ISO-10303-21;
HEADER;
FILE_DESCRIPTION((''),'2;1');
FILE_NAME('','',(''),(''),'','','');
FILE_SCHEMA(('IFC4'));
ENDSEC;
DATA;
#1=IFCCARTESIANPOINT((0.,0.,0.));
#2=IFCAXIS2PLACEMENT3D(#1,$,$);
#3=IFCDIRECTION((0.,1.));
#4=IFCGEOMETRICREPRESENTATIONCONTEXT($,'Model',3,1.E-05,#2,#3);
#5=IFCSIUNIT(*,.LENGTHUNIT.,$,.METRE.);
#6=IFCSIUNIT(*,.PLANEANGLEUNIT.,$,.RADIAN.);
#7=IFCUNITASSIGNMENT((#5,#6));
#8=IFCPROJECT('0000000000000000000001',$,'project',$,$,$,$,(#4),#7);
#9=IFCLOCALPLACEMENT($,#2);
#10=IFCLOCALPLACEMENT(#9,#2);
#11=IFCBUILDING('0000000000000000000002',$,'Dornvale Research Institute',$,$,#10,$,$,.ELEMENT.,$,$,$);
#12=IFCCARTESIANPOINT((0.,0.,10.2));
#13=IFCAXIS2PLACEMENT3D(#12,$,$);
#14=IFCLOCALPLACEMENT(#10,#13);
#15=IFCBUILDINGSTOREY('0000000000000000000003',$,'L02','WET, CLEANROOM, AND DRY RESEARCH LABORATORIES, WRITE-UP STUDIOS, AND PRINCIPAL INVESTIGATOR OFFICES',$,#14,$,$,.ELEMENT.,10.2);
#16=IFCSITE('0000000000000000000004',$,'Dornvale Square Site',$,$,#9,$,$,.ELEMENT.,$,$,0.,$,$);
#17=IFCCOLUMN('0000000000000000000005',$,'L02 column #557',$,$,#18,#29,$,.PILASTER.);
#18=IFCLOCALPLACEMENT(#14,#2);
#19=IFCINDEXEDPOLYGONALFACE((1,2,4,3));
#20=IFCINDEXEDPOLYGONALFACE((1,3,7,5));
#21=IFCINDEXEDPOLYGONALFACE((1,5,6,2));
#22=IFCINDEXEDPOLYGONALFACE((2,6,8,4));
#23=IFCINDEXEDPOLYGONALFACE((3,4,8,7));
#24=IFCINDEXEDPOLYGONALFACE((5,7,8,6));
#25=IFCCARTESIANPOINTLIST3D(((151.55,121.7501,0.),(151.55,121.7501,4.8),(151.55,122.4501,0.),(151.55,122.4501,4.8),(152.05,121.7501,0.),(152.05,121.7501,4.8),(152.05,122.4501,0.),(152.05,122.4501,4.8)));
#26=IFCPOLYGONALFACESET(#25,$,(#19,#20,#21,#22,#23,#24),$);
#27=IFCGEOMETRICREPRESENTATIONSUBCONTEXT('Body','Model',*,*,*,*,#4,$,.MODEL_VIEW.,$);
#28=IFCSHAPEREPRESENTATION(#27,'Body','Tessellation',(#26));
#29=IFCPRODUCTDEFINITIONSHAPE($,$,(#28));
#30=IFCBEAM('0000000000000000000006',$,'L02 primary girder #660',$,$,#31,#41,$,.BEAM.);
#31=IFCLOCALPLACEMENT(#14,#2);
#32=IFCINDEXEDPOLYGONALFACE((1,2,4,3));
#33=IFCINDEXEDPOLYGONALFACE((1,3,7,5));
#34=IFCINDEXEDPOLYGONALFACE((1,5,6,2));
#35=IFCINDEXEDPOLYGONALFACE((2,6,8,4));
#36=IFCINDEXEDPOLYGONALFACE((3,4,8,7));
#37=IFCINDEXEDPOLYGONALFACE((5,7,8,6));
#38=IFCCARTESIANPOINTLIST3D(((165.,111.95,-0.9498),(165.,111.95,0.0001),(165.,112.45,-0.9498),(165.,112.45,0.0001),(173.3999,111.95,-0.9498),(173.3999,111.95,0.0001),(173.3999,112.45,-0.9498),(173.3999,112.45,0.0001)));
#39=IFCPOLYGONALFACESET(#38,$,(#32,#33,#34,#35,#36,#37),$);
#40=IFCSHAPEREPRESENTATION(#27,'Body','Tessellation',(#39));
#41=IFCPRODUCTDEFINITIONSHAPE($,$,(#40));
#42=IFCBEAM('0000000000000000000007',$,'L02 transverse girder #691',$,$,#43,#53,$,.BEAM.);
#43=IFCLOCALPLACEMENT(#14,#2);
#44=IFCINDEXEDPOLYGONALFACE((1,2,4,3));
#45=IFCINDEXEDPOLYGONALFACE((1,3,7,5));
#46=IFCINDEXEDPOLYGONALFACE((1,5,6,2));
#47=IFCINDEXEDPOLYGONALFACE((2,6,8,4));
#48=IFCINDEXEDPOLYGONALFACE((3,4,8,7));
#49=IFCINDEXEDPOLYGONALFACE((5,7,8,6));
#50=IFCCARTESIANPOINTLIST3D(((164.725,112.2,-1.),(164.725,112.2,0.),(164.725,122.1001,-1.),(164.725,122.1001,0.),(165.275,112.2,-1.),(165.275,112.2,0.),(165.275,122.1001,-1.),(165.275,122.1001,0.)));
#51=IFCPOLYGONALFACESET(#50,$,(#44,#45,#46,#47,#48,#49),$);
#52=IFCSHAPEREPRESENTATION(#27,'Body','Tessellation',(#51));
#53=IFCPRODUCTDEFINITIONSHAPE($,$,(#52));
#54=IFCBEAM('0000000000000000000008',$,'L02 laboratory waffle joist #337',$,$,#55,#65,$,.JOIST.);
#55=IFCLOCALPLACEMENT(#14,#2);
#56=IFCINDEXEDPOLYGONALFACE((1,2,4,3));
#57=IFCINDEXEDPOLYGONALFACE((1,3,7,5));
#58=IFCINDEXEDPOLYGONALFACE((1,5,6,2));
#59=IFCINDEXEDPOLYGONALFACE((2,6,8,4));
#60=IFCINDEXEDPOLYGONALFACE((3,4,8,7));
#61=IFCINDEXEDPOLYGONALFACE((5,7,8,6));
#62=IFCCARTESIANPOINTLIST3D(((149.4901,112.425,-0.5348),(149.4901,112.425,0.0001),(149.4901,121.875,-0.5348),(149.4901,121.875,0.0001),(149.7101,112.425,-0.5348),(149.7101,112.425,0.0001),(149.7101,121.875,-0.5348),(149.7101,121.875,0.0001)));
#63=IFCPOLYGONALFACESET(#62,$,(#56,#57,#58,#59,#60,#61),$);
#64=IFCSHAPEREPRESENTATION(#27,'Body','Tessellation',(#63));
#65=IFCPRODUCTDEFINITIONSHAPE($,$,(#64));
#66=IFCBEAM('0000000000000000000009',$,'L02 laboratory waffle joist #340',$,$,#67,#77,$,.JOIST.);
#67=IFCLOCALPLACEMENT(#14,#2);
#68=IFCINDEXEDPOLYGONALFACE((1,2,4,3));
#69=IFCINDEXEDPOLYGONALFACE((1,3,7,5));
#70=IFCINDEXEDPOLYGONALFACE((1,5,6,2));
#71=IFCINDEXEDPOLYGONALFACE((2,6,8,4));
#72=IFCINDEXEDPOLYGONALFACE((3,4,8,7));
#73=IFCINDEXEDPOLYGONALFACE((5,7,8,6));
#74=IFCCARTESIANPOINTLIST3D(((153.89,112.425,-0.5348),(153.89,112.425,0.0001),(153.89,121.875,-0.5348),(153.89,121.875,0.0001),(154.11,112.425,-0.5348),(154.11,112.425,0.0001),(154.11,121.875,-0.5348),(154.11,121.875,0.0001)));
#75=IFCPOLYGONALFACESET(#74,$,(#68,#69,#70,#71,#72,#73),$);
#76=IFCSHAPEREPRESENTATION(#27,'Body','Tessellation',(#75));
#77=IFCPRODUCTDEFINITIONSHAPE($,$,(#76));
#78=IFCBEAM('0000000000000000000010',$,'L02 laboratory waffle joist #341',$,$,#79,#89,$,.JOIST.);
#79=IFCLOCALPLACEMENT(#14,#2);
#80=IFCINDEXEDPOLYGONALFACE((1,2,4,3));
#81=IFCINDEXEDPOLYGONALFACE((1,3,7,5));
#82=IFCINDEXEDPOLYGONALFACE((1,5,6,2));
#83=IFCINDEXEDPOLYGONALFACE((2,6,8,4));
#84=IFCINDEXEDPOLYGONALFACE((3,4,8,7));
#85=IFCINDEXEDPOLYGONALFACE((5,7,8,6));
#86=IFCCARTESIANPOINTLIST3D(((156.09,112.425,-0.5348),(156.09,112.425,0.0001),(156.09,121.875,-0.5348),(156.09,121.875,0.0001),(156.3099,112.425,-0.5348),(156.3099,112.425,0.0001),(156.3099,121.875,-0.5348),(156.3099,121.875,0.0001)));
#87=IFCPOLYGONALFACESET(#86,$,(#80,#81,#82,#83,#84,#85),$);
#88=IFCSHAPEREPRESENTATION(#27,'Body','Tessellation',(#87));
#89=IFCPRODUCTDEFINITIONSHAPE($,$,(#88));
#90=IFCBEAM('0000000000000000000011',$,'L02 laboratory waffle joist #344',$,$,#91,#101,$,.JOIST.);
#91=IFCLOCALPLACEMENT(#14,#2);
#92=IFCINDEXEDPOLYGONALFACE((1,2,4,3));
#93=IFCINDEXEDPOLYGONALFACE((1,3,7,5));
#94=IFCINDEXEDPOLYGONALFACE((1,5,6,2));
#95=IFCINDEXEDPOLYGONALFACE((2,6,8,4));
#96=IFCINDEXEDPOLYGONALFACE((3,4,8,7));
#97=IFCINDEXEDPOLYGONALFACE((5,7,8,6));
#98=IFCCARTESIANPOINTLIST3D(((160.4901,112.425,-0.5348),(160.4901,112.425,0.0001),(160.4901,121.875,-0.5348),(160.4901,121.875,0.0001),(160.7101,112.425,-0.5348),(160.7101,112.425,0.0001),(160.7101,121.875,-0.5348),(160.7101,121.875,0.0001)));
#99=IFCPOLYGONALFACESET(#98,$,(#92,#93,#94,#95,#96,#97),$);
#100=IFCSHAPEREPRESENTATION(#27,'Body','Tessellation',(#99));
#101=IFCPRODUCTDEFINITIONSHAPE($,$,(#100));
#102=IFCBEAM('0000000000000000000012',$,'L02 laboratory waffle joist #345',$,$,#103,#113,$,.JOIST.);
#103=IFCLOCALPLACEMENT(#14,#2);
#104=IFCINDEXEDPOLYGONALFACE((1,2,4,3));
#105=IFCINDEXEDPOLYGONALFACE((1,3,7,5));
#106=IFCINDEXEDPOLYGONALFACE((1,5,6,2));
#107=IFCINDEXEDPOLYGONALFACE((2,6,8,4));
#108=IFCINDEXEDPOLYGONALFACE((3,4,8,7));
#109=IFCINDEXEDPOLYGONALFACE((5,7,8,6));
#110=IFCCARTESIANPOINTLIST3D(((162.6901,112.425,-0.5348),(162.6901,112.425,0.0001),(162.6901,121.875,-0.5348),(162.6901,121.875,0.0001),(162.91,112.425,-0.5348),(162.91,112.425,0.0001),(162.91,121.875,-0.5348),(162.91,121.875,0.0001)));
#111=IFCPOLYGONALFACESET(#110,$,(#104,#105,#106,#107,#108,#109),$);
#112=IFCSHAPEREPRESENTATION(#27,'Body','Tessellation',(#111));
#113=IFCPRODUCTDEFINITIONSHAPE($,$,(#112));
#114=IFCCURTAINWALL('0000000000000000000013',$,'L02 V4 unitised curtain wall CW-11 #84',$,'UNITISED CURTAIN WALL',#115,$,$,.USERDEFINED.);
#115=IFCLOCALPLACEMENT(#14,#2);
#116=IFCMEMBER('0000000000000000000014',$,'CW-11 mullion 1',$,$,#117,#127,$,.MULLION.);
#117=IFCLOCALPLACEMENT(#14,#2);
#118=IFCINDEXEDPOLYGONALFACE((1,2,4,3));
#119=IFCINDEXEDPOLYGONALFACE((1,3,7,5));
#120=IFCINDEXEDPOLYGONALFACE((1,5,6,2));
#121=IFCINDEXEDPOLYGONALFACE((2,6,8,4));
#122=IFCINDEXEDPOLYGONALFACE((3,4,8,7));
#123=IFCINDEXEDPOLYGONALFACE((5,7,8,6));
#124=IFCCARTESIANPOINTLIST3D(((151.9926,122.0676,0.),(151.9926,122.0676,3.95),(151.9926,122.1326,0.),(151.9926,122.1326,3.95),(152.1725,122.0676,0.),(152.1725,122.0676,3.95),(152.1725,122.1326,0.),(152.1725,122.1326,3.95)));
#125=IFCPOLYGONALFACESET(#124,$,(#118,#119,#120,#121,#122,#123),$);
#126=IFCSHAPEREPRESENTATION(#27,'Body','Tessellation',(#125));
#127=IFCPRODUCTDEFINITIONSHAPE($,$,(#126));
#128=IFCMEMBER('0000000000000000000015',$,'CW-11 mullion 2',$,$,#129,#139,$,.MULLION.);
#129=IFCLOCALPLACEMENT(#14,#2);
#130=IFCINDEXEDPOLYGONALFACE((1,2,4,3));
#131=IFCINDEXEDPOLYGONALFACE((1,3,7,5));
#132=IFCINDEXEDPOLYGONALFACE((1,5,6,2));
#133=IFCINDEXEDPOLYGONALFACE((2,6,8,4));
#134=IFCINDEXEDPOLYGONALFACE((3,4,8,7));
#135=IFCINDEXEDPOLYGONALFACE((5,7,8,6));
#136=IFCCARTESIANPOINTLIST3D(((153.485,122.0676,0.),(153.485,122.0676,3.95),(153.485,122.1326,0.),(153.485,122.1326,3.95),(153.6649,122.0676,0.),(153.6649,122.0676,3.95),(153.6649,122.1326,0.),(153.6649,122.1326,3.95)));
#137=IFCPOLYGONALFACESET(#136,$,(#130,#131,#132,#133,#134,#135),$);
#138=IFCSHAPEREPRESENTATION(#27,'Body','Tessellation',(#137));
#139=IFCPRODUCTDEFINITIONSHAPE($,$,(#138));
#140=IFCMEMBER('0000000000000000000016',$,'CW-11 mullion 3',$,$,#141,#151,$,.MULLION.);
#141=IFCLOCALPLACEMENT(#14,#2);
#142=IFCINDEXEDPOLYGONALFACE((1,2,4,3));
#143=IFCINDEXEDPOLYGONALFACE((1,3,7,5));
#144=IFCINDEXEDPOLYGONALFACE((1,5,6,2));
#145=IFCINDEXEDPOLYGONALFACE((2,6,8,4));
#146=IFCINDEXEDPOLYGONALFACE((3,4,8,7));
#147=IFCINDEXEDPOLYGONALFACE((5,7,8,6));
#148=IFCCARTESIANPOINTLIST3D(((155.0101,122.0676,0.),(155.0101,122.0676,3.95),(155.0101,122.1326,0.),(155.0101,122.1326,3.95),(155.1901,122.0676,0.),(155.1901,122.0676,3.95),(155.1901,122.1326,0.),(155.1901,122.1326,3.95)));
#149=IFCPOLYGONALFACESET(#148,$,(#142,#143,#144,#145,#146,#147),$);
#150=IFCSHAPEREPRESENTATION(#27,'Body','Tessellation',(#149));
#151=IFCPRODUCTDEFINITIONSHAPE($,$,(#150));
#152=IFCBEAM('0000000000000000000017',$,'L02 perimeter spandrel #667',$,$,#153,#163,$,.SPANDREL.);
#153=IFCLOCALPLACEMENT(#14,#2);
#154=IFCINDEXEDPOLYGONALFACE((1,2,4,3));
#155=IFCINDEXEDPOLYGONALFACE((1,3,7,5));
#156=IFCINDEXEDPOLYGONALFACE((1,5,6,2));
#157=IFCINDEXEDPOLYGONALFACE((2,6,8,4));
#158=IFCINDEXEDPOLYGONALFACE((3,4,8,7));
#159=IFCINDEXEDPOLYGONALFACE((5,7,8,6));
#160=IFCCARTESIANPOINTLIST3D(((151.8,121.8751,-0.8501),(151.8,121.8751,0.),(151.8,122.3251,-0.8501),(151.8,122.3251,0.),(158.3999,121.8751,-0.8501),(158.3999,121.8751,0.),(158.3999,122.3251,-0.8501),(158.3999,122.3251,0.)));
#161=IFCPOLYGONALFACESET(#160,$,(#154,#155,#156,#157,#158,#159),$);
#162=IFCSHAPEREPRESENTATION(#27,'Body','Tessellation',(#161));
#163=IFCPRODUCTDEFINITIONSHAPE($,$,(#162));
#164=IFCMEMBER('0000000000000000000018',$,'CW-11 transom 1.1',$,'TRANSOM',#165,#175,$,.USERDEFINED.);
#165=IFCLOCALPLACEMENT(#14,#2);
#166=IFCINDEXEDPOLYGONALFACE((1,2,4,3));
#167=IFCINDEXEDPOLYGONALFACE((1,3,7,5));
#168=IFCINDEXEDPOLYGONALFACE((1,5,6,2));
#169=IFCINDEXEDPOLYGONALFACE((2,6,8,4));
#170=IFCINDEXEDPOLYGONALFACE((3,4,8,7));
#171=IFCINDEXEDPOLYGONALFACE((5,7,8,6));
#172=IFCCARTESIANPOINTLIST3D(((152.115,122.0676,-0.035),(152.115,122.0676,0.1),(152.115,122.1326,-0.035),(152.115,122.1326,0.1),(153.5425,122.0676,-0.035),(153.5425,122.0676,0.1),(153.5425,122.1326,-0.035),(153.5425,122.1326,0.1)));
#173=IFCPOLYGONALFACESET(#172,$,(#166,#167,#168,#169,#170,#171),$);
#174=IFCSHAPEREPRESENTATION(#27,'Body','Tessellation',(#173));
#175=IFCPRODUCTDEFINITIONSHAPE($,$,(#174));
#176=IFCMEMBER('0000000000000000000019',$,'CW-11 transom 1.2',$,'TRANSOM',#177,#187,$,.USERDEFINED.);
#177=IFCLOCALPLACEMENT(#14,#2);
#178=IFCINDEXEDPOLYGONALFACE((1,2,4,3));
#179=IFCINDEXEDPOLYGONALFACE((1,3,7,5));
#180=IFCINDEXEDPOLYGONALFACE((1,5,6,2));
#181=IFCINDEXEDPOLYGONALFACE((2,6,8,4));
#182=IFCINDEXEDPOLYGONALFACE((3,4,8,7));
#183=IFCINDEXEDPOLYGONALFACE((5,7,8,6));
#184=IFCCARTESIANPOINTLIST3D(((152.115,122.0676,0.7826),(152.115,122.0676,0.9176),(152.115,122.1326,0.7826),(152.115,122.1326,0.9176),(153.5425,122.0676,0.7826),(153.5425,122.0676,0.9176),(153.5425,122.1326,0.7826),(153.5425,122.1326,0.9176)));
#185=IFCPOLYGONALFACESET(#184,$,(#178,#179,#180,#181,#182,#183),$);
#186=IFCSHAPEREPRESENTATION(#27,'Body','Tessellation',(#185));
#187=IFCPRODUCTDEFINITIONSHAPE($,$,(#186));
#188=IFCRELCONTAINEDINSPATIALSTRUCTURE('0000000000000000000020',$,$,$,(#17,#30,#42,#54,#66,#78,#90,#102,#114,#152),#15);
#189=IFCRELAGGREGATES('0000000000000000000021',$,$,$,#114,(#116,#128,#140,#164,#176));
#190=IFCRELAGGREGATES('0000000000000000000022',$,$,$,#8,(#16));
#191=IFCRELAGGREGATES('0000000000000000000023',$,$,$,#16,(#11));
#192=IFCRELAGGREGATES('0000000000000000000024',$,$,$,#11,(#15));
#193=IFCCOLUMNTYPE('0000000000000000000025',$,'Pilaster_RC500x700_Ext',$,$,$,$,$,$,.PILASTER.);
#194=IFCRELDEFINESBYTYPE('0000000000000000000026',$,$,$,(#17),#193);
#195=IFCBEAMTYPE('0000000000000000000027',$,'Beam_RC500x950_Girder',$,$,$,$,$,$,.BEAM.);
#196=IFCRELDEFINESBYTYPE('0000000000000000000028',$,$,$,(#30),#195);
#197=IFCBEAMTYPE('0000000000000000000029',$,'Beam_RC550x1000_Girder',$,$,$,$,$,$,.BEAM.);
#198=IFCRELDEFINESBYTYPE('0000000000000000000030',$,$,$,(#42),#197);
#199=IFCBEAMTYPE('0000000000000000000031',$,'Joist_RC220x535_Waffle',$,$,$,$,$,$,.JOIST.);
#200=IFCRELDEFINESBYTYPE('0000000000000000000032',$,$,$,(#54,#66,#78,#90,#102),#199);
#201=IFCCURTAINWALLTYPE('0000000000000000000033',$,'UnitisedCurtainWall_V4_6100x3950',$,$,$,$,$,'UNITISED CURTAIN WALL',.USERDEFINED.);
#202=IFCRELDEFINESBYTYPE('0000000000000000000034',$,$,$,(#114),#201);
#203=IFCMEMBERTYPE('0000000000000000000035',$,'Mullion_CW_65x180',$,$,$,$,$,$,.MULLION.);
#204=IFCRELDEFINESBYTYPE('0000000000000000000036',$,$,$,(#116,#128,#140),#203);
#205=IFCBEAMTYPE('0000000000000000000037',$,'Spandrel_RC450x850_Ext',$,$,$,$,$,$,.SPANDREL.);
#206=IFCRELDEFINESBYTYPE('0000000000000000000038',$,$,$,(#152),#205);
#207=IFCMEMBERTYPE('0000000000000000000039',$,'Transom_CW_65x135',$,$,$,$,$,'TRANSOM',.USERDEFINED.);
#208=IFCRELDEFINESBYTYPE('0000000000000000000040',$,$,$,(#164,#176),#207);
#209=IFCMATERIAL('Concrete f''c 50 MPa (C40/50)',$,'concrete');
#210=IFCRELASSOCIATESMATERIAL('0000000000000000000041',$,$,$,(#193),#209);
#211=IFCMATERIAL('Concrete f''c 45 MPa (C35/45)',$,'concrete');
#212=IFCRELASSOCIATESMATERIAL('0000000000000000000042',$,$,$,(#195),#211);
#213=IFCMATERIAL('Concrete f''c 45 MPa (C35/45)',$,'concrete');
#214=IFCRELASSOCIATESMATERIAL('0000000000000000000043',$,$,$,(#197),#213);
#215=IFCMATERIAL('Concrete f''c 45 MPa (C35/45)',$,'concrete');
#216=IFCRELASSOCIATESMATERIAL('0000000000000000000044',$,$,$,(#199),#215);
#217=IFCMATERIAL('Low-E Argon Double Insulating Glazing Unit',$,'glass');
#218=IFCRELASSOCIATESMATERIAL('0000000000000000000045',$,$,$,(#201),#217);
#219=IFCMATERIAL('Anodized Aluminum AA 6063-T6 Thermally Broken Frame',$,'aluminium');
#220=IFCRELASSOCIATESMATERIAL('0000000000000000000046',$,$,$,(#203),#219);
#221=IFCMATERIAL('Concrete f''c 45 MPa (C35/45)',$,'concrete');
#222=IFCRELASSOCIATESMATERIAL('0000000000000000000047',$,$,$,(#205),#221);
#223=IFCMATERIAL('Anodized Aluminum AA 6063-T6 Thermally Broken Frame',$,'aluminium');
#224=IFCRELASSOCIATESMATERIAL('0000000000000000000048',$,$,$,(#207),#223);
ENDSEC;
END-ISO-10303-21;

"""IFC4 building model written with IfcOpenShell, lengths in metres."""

from ifc_helpers import new_model, si_unit, direction, frame, origin, origin_2d, place, context, subcontext, project, spatial, rectangle, extrude, material, material_profile, profile_set, type_object, element, aggregate, save


model = new_model("IFC4")

# Units and contexts
model_context = context("Model", 3, precision=1e-05, world=origin(), true_north=direction((0.0, 1.0)))
body_context = subcontext(model_context, "Body", "Model", "MODEL_VIEW")
ifc_project = project(units=[si_unit("LENGTHUNIT", "METRE"), si_unit("PLANEANGLEUNIT", "RADIAN")], contexts=[model_context])

# Site, building, storey
site_placement = place(None, origin())
site = spatial("IfcSite", under=ifc_project, at=site_placement, Name="Dornvale Square Site", CompositionType="ELEMENT", RefElevation=0.0)
building_placement = place(site_placement, origin())
building = spatial("IfcBuilding", under=site, at=building_placement, Name="Dornvale Research Institute", CompositionType="ELEMENT")
storey_placement = place(building_placement, frame((0.0, 0.0, 10.2)))
storey = spatial("IfcBuildingStorey", under=building, at=storey_placement, Name="L02", Description="WET, CLEANROOM, AND DRY RESEARCH LABORATORIES, WRITE-UP STUDIOS, AND PRINCIPAL INVESTIGATOR OFFICES", CompositionType="ELEMENT", Elevation=10.2)

# Column
ifc_material_1 = material(Name="Concrete f'c 50 MPa (C40/50)", Category="concrete")
ifc_material_profile_1 = material_profile(ifc_material_1, rectangle(XDim=0.5, YDim=0.7, at=origin_2d()), Name="RC 500x700")
ifc_profile_set_1 = profile_set([ifc_material_profile_1], Name="Concrete f'c 50 MPa (C40/50)")
column_type = type_object("IfcColumnType", Name="Pilaster_RC500x700_Ext", PredefinedType="PILASTER", material=ifc_profile_set_1)
column_placement = place(storey_placement, frame((151.8, 122.1001, 0.0), z_axis=(0.0, 0.0, 1.0), x_axis=(1.0, 0.0, 0.0)))
element("IfcColumn", 1, at=column_placement, inside=storey, type_object=column_type, Name="L02 column #557", PredefinedType="PILASTER", context=body_context, shape_type="SweptSolid", body=[
    extrude(rectangle(XDim=0.5, YDim=0.7, at=origin_2d()), origin(), (0.0, 0.0, 1.0), 4.8),
])

# Beams
ifc_material_2 = material(Name="Concrete f'c 45 MPa (C35/45)", Category="concrete")
ifc_material_profile_2 = material_profile(ifc_material_2, rectangle(XDim=0.5, YDim=0.95, at=origin_2d()), Name="RC 500x950")
ifc_profile_set_2 = profile_set([ifc_material_profile_2], Name="Concrete f'c 45 MPa (C35/45)")
beam_type_1 = type_object("IfcBeamType", Name="Beam_RC500x950_Girder", PredefinedType="BEAM", material=ifc_profile_set_2)
beam_1_placement = place(storey_placement, frame((165.0, 112.2, -0.4749), z_axis=(1.0, 0.0, 0.0), x_axis=(0.0, 1.0, 0.0)))
element("IfcBeam", 2, at=beam_1_placement, inside=storey, type_object=beam_type_1, Name="L02 primary girder #660", PredefinedType="BEAM", context=body_context, shape_type="SweptSolid", body=[
    extrude(rectangle(XDim=0.5, YDim=0.95, at=origin_2d()), origin(), (0.0, 0.0, 1.0), 8.3999),
])
ifc_material_3 = material(Name="Concrete f'c 45 MPa (C35/45)", Category="concrete")
ifc_material_profile_3 = material_profile(ifc_material_3, rectangle(XDim=0.55, YDim=1.0, at=origin_2d()), Name="RC 550x1000")
ifc_profile_set_3 = profile_set([ifc_material_profile_3], Name="Concrete f'c 45 MPa (C35/45)")
beam_type_2 = type_object("IfcBeamType", Name="Beam_RC550x1000_Girder", PredefinedType="BEAM", material=ifc_profile_set_3)
beam_2_placement = place(storey_placement, frame((165.0, 112.2, -0.5), z_axis=(0.0, 1.0, 0.0), x_axis=(-1.0, 0.0, 0.0)))
element("IfcBeam", 3, at=beam_2_placement, inside=storey, type_object=beam_type_2, Name="L02 transverse girder #691", PredefinedType="BEAM", context=body_context, shape_type="SweptSolid", body=[
    extrude(rectangle(XDim=0.55, YDim=1.0, at=origin_2d()), origin(), (0.0, 0.0, 1.0), 9.9001),
])
ifc_material_4 = material(Name="Concrete f'c 45 MPa (C35/45)", Category="concrete")
ifc_material_profile_4 = material_profile(ifc_material_4, rectangle(XDim=0.22, YDim=0.5349, at=origin_2d()), Name="RC 220x535")
ifc_profile_set_4 = profile_set([ifc_material_profile_4], Name="Concrete f'c 45 MPa (C35/45)")
beam_type_3 = type_object("IfcBeamType", Name="Joist_RC220x535_Waffle", PredefinedType="JOIST", material=ifc_profile_set_4)
for number, where, z_axis, x_axis, name in (
    (4, (149.6001, 112.425, -0.2673), (0.0, 1.0, 0.0), (-1.0, 0.0, 0.0), "L02 laboratory waffle joist #337"),
    (5, (154.0, 112.425, -0.2673), (0.0, 1.0, 0.0), (-1.0, 0.0, 0.0), "L02 laboratory waffle joist #340"),
    (6, (156.2, 112.425, -0.2673), (0.0, 1.0, 0.0), (-1.0, 0.0, 0.0), "L02 laboratory waffle joist #341"),
    (7, (160.6001, 112.425, -0.2673), (0.0, 1.0, 0.0), (-1.0, 0.0, 0.0), "L02 laboratory waffle joist #344"),
    (8, (162.8, 112.425, -0.2673), (0.0, 1.0, 0.0), (-1.0, 0.0, 0.0), "L02 laboratory waffle joist #345"),
):
    element("IfcBeam", number, at=place(storey_placement, frame(where, z_axis=z_axis, x_axis=x_axis)), inside=storey, type_object=beam_type_3, Name=name, PredefinedType="JOIST", context=body_context, shape_type="SweptSolid", body=[
        extrude(rectangle(XDim=0.22, YDim=0.5349, at=origin_2d()), origin(), (0.0, 0.0, 1.0), 9.45),
    ])

# Curtain wall, members
ifc_material_5 = material(Name="Low-E Argon Double Insulating Glazing Unit", Category="glass")
curtain_wall_type = type_object("IfcCurtainWallType", Name="UnitisedCurtainWall_V4_6100x3950", ElementType="UNITISED CURTAIN WALL", PredefinedType="USERDEFINED", material=ifc_material_5)
curtain_wall_placement = place(storey_placement, origin())
curtain_wall = element("IfcCurtainWall", 9, at=curtain_wall_placement, inside=storey, type_object=curtain_wall_type, Name="L02 V4 unitised curtain wall CW-11 #84", ObjectType="UNITISED CURTAIN WALL", PredefinedType="USERDEFINED")
ifc_material_6 = material(Name="Anodized Aluminum AA 6063-T6 Thermally Broken Frame", Category="aluminium")
ifc_material_profile_5 = material_profile(ifc_material_6, rectangle(XDim=0.0649, YDim=0.1799, at=origin_2d()), Name="ALU MULLION 65x180")
ifc_profile_set_5 = profile_set([ifc_material_profile_5], Name="Anodized Aluminum AA 6063-T6 Thermally Broken Frame")
member_type_1 = type_object("IfcMemberType", Name="Mullion_CW_65x180", PredefinedType="MULLION", material=ifc_profile_set_5)
member_1_placement = place(storey_placement, frame((152.0825, 122.1001, 0.0), z_axis=(0.0, 0.0, 1.0), x_axis=(0.0, 1.0, 0.0)))
member_1 = element("IfcMember", 10, at=member_1_placement, type_object=member_type_1, Name="CW-11 mullion 1", PredefinedType="MULLION", context=body_context, shape_type="SweptSolid", body=[
    extrude(rectangle(XDim=0.0649, YDim=0.1799, at=origin_2d()), origin(), (0.0, 0.0, 1.0), 3.95),
])
member_2_placement = place(storey_placement, frame((153.575, 122.1001, 0.0), z_axis=(0.0, 0.0, 1.0), x_axis=(0.0, 1.0, 0.0)))
member_2 = element("IfcMember", 11, at=member_2_placement, type_object=member_type_1, Name="CW-11 mullion 2", PredefinedType="MULLION", context=body_context, shape_type="SweptSolid", body=[
    extrude(rectangle(XDim=0.0649, YDim=0.1799, at=origin_2d()), origin(), (0.0, 0.0, 1.0), 3.95),
])
member_3_placement = place(storey_placement, frame((155.1001, 122.1001, 0.0), z_axis=(0.0, 0.0, 1.0), x_axis=(0.0, 1.0, 0.0)))
member_3 = element("IfcMember", 12, at=member_3_placement, type_object=member_type_1, Name="CW-11 mullion 3", PredefinedType="MULLION", context=body_context, shape_type="SweptSolid", body=[
    extrude(rectangle(XDim=0.0649, YDim=0.1799, at=origin_2d()), origin(), (0.0, 0.0, 1.0), 3.95),
])

# Beam
ifc_material_7 = material(Name="Concrete f'c 45 MPa (C35/45)", Category="concrete")
ifc_material_profile_6 = material_profile(ifc_material_7, rectangle(XDim=0.45, YDim=0.8501, at=origin_2d()), Name="RC 450x850")
ifc_profile_set_6 = profile_set([ifc_material_profile_6], Name="Concrete f'c 45 MPa (C35/45)")
beam_type_4 = type_object("IfcBeamType", Name="Spandrel_RC450x850_Ext", PredefinedType="SPANDREL", material=ifc_profile_set_6)
beam_3_placement = place(storey_placement, frame((151.8, 122.1001, -0.425), z_axis=(1.0, 0.0, 0.0), x_axis=(0.0, 1.0, 0.0)))
element("IfcBeam", 13, at=beam_3_placement, inside=storey, type_object=beam_type_4, Name="L02 perimeter spandrel #667", PredefinedType="SPANDREL", context=body_context, shape_type="SweptSolid", body=[
    extrude(rectangle(XDim=0.45, YDim=0.8501, at=origin_2d()), origin(), (0.0, 0.0, 1.0), 6.5999),
])

# Members
ifc_material_8 = material(Name="Anodized Aluminum AA 6063-T6 Thermally Broken Frame", Category="aluminium")
ifc_material_profile_7 = material_profile(ifc_material_8, rectangle(XDim=0.0649, YDim=0.135, at=origin_2d()), Name="ALU TRANSOM 65x135")
ifc_profile_set_7 = profile_set([ifc_material_profile_7], Name="Anodized Aluminum AA 6063-T6 Thermally Broken Frame")
member_type_2 = type_object("IfcMemberType", Name="Transom_CW_65x135", ElementType="TRANSOM", PredefinedType="USERDEFINED", material=ifc_profile_set_7)
member_4_placement = place(storey_placement, frame((152.115, 122.1001, 0.0325), z_axis=(1.0, 0.0, 0.0), x_axis=(0.0, 1.0, 0.0)))
member_4 = element("IfcMember", 14, at=member_4_placement, type_object=member_type_2, Name="CW-11 transom 1.1", ObjectType="TRANSOM", PredefinedType="USERDEFINED", context=body_context, shape_type="SweptSolid", body=[
    extrude(rectangle(XDim=0.0649, YDim=0.135, at=origin_2d()), origin(), (0.0, 0.0, 1.0), 1.4275),
])
member_5_placement = place(storey_placement, frame((152.115, 122.1001, 0.8501), z_axis=(1.0, 0.0, 0.0), x_axis=(0.0, 1.0, 0.0)))
member_5 = element("IfcMember", 15, at=member_5_placement, type_object=member_type_2, Name="CW-11 transom 1.2", ObjectType="TRANSOM", PredefinedType="USERDEFINED", context=body_context, shape_type="SweptSolid", body=[
    extrude(rectangle(XDim=0.0649, YDim=0.135, at=origin_2d()), origin(), (0.0, 0.0, 1.0), 1.4275),
])

aggregate(curtain_wall, [member_1, member_2, member_3, member_4, member_5])

save(model, "model.ifc")
